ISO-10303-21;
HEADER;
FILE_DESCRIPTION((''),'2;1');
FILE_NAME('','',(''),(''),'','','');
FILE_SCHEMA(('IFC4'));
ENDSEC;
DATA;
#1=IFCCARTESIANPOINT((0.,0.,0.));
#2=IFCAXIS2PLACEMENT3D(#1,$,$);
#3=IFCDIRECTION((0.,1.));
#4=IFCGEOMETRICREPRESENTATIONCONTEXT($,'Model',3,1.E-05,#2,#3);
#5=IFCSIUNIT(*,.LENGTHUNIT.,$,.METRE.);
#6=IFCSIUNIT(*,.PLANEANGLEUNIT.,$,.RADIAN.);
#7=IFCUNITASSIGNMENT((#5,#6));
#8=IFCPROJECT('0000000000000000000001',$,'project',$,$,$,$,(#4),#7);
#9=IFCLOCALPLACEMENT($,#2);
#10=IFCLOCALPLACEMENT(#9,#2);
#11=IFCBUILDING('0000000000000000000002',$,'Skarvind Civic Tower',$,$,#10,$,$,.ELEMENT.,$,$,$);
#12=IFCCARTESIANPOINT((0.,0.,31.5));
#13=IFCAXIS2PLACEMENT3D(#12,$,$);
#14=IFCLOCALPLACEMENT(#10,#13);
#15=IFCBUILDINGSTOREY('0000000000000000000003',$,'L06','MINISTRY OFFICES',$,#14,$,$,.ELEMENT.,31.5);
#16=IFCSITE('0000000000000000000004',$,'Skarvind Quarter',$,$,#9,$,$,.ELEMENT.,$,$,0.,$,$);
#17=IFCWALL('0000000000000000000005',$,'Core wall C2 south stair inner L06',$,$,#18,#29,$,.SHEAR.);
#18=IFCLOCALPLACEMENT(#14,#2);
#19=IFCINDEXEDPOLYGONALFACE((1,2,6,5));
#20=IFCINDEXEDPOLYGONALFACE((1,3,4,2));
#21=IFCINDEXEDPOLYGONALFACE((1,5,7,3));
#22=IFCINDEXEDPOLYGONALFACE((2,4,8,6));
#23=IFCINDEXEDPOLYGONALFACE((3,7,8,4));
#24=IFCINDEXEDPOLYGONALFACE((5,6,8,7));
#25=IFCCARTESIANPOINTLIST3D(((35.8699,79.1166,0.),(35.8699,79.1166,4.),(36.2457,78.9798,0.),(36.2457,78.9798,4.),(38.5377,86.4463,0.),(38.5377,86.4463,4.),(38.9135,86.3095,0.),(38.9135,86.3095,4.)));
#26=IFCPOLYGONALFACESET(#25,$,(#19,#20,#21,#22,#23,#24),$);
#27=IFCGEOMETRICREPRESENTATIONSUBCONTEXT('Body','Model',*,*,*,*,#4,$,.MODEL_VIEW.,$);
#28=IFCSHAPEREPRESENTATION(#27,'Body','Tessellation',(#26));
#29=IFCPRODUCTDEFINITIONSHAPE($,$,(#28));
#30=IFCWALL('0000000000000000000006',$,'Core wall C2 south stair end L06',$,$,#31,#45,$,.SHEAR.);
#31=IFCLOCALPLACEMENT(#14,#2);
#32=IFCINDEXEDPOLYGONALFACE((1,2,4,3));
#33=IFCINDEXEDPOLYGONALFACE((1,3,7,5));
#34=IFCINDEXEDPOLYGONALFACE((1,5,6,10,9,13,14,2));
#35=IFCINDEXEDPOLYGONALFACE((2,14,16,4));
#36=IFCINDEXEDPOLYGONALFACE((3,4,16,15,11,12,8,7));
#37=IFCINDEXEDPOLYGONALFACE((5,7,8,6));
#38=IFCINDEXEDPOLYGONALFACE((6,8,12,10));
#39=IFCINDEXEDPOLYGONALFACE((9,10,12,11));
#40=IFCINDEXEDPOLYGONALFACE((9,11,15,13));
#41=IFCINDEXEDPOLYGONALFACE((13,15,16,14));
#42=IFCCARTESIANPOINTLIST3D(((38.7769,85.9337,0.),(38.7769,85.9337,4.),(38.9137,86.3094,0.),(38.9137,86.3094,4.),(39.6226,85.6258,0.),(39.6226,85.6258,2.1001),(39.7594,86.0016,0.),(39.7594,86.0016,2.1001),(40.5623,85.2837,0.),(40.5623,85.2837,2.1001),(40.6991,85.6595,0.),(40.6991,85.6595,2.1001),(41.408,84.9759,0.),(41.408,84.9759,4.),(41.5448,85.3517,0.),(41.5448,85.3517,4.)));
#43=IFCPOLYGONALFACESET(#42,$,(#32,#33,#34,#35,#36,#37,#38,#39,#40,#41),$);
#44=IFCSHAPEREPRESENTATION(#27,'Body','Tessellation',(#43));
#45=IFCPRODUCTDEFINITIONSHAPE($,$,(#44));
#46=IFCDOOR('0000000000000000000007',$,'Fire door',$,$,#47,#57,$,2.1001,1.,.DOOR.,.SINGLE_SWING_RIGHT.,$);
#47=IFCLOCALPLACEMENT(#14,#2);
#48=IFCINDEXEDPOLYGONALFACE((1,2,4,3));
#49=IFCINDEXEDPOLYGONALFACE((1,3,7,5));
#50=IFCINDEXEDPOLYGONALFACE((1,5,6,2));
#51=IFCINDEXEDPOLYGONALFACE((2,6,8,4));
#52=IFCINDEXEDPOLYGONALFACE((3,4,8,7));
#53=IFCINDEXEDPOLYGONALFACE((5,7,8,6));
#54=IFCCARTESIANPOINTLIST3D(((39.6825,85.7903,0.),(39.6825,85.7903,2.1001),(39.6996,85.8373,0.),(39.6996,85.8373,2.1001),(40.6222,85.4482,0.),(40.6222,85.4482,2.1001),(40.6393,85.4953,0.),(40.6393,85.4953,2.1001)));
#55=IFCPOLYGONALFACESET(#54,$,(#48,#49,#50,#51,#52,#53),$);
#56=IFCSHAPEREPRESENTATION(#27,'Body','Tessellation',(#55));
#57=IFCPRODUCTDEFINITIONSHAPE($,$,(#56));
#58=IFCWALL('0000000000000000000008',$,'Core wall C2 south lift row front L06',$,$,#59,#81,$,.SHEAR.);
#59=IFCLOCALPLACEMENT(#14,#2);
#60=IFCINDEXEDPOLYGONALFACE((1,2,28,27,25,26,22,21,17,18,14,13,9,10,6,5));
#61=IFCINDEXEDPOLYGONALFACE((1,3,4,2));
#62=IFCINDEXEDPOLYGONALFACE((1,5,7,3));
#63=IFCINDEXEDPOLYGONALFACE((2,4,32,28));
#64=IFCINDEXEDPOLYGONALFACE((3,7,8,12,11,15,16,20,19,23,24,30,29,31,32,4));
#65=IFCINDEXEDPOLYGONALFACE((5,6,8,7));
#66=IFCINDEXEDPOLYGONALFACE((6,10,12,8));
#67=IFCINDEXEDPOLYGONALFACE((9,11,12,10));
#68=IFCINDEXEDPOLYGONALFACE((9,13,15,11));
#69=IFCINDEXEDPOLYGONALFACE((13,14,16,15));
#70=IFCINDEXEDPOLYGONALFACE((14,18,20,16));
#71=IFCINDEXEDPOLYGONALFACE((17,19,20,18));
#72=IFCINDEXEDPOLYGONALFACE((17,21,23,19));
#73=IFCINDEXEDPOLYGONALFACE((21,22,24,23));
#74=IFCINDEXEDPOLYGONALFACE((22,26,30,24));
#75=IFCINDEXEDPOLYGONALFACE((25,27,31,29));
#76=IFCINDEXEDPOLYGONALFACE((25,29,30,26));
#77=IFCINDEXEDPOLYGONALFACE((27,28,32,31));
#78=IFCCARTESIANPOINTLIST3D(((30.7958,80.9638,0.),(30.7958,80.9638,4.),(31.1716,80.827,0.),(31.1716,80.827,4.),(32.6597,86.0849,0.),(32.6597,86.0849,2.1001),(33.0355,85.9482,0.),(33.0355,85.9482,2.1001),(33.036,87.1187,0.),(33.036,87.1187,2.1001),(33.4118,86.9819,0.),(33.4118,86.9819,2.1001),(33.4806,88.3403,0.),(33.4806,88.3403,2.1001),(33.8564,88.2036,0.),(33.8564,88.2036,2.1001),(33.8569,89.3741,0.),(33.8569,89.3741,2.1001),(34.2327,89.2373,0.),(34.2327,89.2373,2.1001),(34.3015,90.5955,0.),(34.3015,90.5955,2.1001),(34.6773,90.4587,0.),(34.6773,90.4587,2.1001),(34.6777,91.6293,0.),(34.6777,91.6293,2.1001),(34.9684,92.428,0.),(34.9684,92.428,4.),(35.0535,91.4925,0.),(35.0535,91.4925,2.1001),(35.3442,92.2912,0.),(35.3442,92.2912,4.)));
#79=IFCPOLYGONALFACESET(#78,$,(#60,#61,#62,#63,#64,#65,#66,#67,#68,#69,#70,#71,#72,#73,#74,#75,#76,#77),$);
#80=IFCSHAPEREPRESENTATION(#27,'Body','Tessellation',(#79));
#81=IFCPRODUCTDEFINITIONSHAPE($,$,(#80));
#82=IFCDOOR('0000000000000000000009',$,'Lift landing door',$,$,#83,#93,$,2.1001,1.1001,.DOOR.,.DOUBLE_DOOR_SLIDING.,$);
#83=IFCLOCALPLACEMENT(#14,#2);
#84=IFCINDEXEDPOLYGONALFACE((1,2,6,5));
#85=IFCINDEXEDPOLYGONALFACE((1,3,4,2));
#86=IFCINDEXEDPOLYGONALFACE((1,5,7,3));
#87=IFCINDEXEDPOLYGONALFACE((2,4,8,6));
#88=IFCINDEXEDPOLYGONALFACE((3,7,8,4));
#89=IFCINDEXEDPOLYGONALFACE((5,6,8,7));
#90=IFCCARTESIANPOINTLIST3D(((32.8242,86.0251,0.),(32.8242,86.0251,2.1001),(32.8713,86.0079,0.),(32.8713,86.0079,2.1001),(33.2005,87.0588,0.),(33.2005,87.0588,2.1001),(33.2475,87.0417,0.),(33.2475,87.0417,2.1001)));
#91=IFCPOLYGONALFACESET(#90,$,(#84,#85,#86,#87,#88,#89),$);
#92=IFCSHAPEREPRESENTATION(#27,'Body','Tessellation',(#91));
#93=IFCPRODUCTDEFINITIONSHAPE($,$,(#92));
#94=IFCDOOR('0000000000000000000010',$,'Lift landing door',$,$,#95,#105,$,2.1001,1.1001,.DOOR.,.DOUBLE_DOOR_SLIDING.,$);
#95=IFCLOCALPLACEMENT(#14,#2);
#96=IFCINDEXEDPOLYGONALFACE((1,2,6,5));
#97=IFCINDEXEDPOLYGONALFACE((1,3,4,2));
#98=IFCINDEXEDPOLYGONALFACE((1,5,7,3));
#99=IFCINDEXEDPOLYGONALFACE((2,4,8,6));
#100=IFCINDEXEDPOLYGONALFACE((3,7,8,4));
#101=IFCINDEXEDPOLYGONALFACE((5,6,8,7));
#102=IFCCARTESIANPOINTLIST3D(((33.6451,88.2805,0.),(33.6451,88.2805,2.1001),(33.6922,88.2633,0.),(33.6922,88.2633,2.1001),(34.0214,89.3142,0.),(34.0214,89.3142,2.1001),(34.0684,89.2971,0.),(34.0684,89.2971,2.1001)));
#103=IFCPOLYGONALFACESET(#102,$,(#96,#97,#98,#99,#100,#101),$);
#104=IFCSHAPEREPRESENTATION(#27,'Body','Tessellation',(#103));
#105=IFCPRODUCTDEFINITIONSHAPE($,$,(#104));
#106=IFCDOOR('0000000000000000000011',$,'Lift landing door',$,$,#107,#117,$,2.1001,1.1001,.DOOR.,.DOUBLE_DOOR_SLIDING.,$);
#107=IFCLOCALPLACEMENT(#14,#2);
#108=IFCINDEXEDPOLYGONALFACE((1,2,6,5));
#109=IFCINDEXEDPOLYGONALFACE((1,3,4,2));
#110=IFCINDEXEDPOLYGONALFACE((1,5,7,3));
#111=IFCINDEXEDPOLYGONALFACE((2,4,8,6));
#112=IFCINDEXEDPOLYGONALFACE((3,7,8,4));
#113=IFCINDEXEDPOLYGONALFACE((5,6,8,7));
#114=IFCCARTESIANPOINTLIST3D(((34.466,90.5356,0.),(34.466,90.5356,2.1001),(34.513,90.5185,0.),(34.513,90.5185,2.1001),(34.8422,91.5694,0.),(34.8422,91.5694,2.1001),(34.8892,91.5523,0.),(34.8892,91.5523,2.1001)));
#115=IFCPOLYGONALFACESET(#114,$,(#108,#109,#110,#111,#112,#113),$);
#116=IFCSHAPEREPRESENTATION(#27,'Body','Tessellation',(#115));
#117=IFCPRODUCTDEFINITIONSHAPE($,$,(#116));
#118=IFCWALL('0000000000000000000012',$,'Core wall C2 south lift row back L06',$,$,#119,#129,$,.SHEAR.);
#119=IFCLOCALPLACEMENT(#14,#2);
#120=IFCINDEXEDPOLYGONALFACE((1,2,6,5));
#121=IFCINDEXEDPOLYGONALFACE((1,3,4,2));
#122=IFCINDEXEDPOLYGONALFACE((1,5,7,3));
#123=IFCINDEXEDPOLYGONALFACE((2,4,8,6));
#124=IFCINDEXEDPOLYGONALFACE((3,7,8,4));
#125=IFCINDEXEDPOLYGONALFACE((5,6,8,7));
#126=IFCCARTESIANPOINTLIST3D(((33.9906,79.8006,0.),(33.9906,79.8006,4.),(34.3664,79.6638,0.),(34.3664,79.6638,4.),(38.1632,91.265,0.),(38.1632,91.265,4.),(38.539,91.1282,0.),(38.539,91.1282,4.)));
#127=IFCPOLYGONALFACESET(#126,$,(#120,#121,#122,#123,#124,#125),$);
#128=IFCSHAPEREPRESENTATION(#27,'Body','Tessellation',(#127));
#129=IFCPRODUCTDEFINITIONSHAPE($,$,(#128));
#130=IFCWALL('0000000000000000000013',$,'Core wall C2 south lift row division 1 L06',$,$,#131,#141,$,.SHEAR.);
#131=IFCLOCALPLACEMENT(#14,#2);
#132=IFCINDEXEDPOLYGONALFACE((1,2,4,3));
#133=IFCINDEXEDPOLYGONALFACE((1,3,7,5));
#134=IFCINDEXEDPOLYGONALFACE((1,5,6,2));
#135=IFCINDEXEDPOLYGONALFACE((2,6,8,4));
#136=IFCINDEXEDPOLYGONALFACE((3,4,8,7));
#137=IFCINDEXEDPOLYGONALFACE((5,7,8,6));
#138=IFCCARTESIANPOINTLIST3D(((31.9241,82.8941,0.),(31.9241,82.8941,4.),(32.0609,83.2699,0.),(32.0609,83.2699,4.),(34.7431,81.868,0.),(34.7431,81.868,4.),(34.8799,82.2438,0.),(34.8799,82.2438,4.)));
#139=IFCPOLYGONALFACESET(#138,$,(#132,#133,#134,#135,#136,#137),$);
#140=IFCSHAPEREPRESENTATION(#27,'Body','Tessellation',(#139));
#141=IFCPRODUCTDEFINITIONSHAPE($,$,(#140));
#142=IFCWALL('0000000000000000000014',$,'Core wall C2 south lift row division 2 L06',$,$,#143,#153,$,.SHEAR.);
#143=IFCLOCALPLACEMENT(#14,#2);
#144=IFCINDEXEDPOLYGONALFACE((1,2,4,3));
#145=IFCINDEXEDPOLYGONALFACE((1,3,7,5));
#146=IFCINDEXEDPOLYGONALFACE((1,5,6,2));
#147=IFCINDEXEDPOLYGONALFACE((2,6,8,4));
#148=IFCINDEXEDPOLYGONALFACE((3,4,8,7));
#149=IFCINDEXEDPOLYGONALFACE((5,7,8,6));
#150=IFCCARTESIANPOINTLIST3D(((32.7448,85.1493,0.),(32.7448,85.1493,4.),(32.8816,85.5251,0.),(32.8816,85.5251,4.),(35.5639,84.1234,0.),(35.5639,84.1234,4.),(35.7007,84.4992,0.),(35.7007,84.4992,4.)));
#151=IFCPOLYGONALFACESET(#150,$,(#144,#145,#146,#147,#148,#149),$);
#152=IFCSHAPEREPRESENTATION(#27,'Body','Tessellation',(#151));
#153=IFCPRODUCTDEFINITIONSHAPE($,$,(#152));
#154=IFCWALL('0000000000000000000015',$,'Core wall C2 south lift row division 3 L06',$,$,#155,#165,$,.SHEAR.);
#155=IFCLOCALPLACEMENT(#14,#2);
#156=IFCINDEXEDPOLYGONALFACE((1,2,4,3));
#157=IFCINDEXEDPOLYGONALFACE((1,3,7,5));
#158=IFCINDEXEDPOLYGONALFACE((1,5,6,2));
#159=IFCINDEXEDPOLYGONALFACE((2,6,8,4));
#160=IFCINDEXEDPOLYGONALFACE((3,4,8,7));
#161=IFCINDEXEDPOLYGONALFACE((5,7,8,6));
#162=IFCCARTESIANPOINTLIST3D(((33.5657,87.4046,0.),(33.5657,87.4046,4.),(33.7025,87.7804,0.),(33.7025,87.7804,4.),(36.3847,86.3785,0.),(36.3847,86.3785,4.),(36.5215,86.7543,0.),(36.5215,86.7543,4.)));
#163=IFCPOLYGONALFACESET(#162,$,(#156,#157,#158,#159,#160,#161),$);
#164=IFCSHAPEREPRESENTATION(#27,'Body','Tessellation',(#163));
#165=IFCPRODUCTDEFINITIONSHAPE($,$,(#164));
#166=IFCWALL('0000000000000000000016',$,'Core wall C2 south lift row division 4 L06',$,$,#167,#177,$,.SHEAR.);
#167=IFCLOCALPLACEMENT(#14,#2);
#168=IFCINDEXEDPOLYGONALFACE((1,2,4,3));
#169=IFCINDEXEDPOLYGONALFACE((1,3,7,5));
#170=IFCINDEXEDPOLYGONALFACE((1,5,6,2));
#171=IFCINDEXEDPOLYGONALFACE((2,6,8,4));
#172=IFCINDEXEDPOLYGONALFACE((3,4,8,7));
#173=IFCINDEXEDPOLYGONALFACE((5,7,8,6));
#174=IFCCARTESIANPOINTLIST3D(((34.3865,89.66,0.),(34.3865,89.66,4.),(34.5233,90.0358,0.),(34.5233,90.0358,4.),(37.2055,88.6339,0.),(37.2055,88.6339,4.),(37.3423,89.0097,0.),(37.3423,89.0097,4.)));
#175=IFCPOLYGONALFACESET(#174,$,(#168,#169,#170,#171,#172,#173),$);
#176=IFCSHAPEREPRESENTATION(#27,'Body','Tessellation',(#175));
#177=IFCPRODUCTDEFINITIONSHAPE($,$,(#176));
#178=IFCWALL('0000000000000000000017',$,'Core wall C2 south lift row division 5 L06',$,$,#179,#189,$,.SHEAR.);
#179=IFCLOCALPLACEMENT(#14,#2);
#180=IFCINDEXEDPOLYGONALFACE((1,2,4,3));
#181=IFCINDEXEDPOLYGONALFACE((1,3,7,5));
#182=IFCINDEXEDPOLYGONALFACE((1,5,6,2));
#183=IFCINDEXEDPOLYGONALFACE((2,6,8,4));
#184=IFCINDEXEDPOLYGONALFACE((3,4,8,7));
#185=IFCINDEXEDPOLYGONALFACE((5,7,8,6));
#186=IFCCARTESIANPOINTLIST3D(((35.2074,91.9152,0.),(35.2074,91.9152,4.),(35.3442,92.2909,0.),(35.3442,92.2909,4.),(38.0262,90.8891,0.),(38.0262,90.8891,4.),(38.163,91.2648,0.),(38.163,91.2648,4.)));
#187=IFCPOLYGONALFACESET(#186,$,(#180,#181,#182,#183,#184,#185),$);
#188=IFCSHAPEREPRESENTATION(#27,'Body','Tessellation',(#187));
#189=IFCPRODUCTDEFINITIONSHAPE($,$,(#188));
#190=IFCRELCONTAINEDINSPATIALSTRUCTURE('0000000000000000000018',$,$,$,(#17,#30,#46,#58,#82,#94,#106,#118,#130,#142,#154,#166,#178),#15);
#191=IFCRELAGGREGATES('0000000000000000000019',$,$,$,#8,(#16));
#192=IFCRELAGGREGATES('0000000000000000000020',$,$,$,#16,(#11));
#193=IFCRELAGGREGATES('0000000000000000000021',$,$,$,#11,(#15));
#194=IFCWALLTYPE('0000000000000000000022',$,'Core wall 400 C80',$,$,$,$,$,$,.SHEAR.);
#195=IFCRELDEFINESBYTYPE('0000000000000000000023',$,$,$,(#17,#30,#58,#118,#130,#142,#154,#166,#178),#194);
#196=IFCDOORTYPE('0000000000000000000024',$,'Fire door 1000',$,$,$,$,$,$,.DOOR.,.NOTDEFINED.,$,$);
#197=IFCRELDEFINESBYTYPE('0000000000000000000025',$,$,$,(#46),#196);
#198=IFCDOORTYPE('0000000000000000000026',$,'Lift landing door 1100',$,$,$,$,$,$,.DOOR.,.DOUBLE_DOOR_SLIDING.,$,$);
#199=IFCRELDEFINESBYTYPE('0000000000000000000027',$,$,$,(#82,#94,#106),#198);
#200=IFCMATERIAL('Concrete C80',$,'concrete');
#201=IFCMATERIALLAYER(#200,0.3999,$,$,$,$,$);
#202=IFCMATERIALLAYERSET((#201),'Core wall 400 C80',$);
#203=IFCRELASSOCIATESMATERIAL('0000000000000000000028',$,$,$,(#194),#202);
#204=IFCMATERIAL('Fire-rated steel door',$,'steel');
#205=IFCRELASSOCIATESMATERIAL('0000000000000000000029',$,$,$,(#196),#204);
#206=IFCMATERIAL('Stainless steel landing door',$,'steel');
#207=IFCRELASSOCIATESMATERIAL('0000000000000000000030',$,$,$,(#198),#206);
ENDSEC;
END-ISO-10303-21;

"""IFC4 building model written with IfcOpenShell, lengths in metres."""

from ifc_helpers import new_model, si_unit, direction, frame, frame_2d, origin, place, context, subcontext, project, spatial, rectangle, extrude, material, layer, layer_set, type_object, element, fill, save


model = new_model("IFC4")

# Units and contexts
model_context = context("Model", 3, precision=1e-05, world=origin(), true_north=direction((0.0, 1.0)))
body_context = subcontext(model_context, "Body", "Model", "MODEL_VIEW")
ifc_project = project(units=[si_unit("LENGTHUNIT", "METRE"), si_unit("PLANEANGLEUNIT", "RADIAN")], contexts=[model_context])

# Site, building, storey
site_placement = place(None, origin())
site = spatial("IfcSite", under=ifc_project, at=site_placement, Name="Skarvind Quarter", CompositionType="ELEMENT", RefElevation=0.0)
building_placement = place(site_placement, origin())
building = spatial("IfcBuilding", under=site, at=building_placement, Name="Skarvind Civic Tower", CompositionType="ELEMENT")
storey_placement = place(building_placement, frame((0.0, 0.0, 31.5)))
storey = spatial("IfcBuildingStorey", under=building, at=storey_placement, Name="L06", Description="MINISTRY OFFICES", CompositionType="ELEMENT", Elevation=31.5)

# Wall
ifc_material_1 = material(Name="Concrete C80", Category="concrete")
ifc_layer_1 = layer(ifc_material_1, 0.3999)
ifc_layer_set_1 = layer_set([ifc_layer_1], Name="Core wall 400 C80")
wall_type_1 = type_object("IfcWallType", Name="Core wall 400 C80", PredefinedType="SHEAR", material=ifc_layer_set_1)
wall_1_placement = place(storey_placement, frame((36.0579, 79.0483, 0.0), z_axis=(0.0, 0.0, 1.0), x_axis=(0.342017, 0.939694, 0.0)))
element("IfcWall", 1, at=wall_1_placement, inside=storey, type_object=wall_type_1, Name="Core wall C2 south stair inner L06", PredefinedType="SHEAR", context=body_context, shape_type="SweptSolid", body=[
    extrude(rectangle(XDim=7.8, YDim=0.3999, at=frame_2d((3.8999, 0.0))), origin(), (0.0, 0.0, 1.0), 4.0),
])

# Wall, opening, door
wall_2_placement = place(storey_placement, frame((41.4763, 85.1638, 0.0), z_axis=(0.0, 0.0, 1.0), x_axis=(-0.939679, 0.342058, 0.0)))
wall_2 = element("IfcWall", 2, at=wall_2_placement, inside=storey, type_object=wall_type_1, Name="Core wall C2 south stair end L06", PredefinedType="SHEAR", context=body_context, shape_type="SweptSolid", body=[
    extrude(rectangle(XDim=2.8, YDim=0.3999, at=frame_2d((1.3999, 0.0))), origin(), (0.0, 0.0, 1.0), 4.0),
])
opening_1_placement = place(wall_2_placement, frame((0.8999, 0.0, 0.0)))
opening_1 = element("IfcOpeningElement", 3, at=opening_1_placement, cuts=wall_2, PredefinedType="OPENING", context=body_context, shape_type="SweptSolid", body=[
    extrude(rectangle(XDim=1.0, YDim=2.1001, at=frame_2d((0.5, 1.05))), frame((0.0, 0.21, 0.0), z_axis=(0.0, -1.0, 0.0), x_axis=(1.0, 0.0, 0.0)), (0.0, 0.0, 1.0), 0.4199),
])
ifc_material_2 = material(Name="Fire-rated steel door", Category="steel")
door_type_1 = type_object("IfcDoorType", Name="Fire door 1000", OperationType="NOTDEFINED", PredefinedType="DOOR", material=ifc_material_2)
door_1_placement = place(opening_1_placement, origin())
door_1 = element("IfcDoor", 4, at=door_1_placement, inside=storey, type_object=door_type_1, Name="Fire door", OperationType="SINGLE_SWING_RIGHT", OverallHeight=2.1001, OverallWidth=1.0, PredefinedType="DOOR", context=body_context, shape_type="SweptSolid", body=[
    extrude(rectangle(XDim=1.0, YDim=2.1001, at=frame_2d((0.5, 1.05))), frame((0.0, 0.0249, 0.0), z_axis=(0.0, -1.0, 0.0), x_axis=(1.0, 0.0, 0.0)), (0.0, 0.0, 1.0), 0.05),
])
fill(opening_1, door_1)

# Wall, openings, doors
wall_3_placement = place(storey_placement, frame((30.9836, 80.8953, 0.0), z_axis=(0.0, 0.0, 1.0), x_axis=(0.342021, 0.939692, 0.0)))
wall_3 = element("IfcWall", 5, at=wall_3_placement, inside=storey, type_object=wall_type_1, Name="Core wall C2 south lift row front L06", PredefinedType="SHEAR", context=body_context, shape_type="SweptSolid", body=[
    extrude(rectangle(XDim=12.2, YDim=0.3999, at=frame_2d((6.1001, 0.0))), origin(), (0.0, 0.0, 1.0), 4.0),
])
opening_2_placement = place(wall_3_placement, frame((5.45, 0.0, 0.0)))
opening_2 = element("IfcOpeningElement", 6, at=opening_2_placement, cuts=wall_3, PredefinedType="OPENING", context=body_context, shape_type="SweptSolid", body=[
    extrude(rectangle(XDim=1.1001, YDim=2.1001, at=frame_2d((0.55, 1.05))), frame((0.0, 0.21, 0.0), z_axis=(0.0, -1.0, 0.0), x_axis=(1.0, 0.0, 0.0)), (0.0, 0.0, 1.0), 0.4199),
])
opening_3_placement = place(wall_3_placement, frame((7.8501, 0.0, 0.0)))
opening_3 = element("IfcOpeningElement", 7, at=opening_3_placement, cuts=wall_3, PredefinedType="OPENING", context=body_context, shape_type="SweptSolid", body=[
    extrude(rectangle(XDim=1.1001, YDim=2.1001, at=frame_2d((0.55, 1.05))), frame((0.0, 0.21, 0.0), z_axis=(0.0, -1.0, 0.0), x_axis=(1.0, 0.0, 0.0)), (0.0, 0.0, 1.0), 0.4199),
])
opening_4_placement = place(wall_3_placement, frame((10.25, 0.0, 0.0)))
opening_4 = element("IfcOpeningElement", 8, at=opening_4_placement, cuts=wall_3, PredefinedType="OPENING", context=body_context, shape_type="SweptSolid", body=[
    extrude(rectangle(XDim=1.1001, YDim=2.1001, at=frame_2d((0.55, 1.05))), frame((0.0, 0.21, 0.0), z_axis=(0.0, -1.0, 0.0), x_axis=(1.0, 0.0, 0.0)), (0.0, 0.0, 1.0), 0.4199),
])
ifc_material_3 = material(Name="Stainless steel landing door", Category="steel")
door_type_2 = type_object("IfcDoorType", Name="Lift landing door 1100", OperationType="DOUBLE_DOOR_SLIDING", PredefinedType="DOOR", material=ifc_material_3)
door_2_placement = place(opening_2_placement, origin())
door_2 = element("IfcDoor", 9, at=door_2_placement, inside=storey, type_object=door_type_2, Name="Lift landing door", OperationType="DOUBLE_DOOR_SLIDING", OverallHeight=2.1001, OverallWidth=1.1001, PredefinedType="DOOR", context=body_context, shape_type="SweptSolid", body=[
    extrude(rectangle(XDim=1.1001, YDim=2.1001, at=frame_2d((0.55, 1.05))), frame((0.0, 0.0249, 0.0), z_axis=(0.0, -1.0, 0.0), x_axis=(1.0, 0.0, 0.0)), (0.0, 0.0, 1.0), 0.05),
])
fill(opening_2, door_2)
door_3_placement = place(opening_3_placement, origin())
door_3 = element("IfcDoor", 10, at=door_3_placement, inside=storey, type_object=door_type_2, Name="Lift landing door", OperationType="DOUBLE_DOOR_SLIDING", OverallHeight=2.1001, OverallWidth=1.1001, PredefinedType="DOOR", context=body_context, shape_type="SweptSolid", body=[
    extrude(rectangle(XDim=1.1001, YDim=2.1001, at=frame_2d((0.55, 1.05))), frame((0.0, 0.0249, 0.0), z_axis=(0.0, -1.0, 0.0), x_axis=(1.0, 0.0, 0.0)), (0.0, 0.0, 1.0), 0.05),
])
fill(opening_3, door_3)
door_4_placement = place(opening_4_placement, origin())
door_4 = element("IfcDoor", 11, at=door_4_placement, inside=storey, type_object=door_type_2, Name="Lift landing door", OperationType="DOUBLE_DOOR_SLIDING", OverallHeight=2.1001, OverallWidth=1.1001, PredefinedType="DOOR", context=body_context, shape_type="SweptSolid", body=[
    extrude(rectangle(XDim=1.1001, YDim=2.1001, at=frame_2d((0.55, 1.05))), frame((0.0, 0.0249, 0.0), z_axis=(0.0, -1.0, 0.0), x_axis=(1.0, 0.0, 0.0)), (0.0, 0.0, 1.0), 0.05),
])
fill(opening_4, door_4)

# Walls
wall_4_placement = place(storey_placement, frame((34.1785, 79.7322, 0.0), z_axis=(0.0, 0.0, 1.0), x_axis=(0.342015, 0.939695, 0.0)))
element("IfcWall", 12, at=wall_4_placement, inside=storey, type_object=wall_type_1, Name="Core wall C2 south lift row back L06", PredefinedType="SHEAR", context=body_context, shape_type="SweptSolid", body=[
    extrude(rectangle(XDim=12.2002, YDim=0.3999, at=frame_2d((6.1001, 0.0))), origin(), (0.0, 0.0, 1.0), 4.0),
])
for number, where, z_axis, x_axis, name in (
    (13, (34.8115, 82.0559, 0.0), (0.0, 0.0, 1.0), (-0.939686, 0.342037, 0.0), "Core wall C2 south lift row division 1 L06"),
    (14, (35.6323, 84.3113, 0.0), (0.0, 0.0, 1.0), (-0.939713, 0.341965, 0.0), "Core wall C2 south lift row division 2 L06"),
    (15, (36.4531, 86.5664, 0.0), (0.0, 0.0, 1.0), (-0.939686, 0.342037, 0.0), "Core wall C2 south lift row division 3 L06"),
    (16, (37.2739, 88.8218, 0.0), (0.0, 0.0, 1.0), (-0.939686, 0.342037, 0.0), "Core wall C2 south lift row division 4 L06"),
):
    element("IfcWall", number, at=place(storey_placement, frame(where, z_axis=z_axis, x_axis=x_axis)), inside=storey, type_object=wall_type_1, Name=name, PredefinedType="SHEAR", context=body_context, shape_type="SweptSolid", body=[
        extrude(rectangle(XDim=3.0, YDim=0.3999, at=frame_2d((1.5, 0.0))), origin(), (0.0, 0.0, 1.0), 4.0),
    ])
wall_5_placement = place(storey_placement, frame((38.0947, 91.0769, 0.0), z_axis=(0.0, 0.0, 1.0), x_axis=(-0.939677, 0.342063, 0.0)))
element("IfcWall", 17, at=wall_5_placement, inside=storey, type_object=wall_type_1, Name="Core wall C2 south lift row division 5 L06", PredefinedType="SHEAR", context=body_context, shape_type="SweptSolid", body=[
    extrude(rectangle(XDim=2.9998, YDim=0.3999, at=frame_2d((1.5, 0.0))), origin(), (0.0, 0.0, 1.0), 4.0),
])

save(model, "model.ifc")
